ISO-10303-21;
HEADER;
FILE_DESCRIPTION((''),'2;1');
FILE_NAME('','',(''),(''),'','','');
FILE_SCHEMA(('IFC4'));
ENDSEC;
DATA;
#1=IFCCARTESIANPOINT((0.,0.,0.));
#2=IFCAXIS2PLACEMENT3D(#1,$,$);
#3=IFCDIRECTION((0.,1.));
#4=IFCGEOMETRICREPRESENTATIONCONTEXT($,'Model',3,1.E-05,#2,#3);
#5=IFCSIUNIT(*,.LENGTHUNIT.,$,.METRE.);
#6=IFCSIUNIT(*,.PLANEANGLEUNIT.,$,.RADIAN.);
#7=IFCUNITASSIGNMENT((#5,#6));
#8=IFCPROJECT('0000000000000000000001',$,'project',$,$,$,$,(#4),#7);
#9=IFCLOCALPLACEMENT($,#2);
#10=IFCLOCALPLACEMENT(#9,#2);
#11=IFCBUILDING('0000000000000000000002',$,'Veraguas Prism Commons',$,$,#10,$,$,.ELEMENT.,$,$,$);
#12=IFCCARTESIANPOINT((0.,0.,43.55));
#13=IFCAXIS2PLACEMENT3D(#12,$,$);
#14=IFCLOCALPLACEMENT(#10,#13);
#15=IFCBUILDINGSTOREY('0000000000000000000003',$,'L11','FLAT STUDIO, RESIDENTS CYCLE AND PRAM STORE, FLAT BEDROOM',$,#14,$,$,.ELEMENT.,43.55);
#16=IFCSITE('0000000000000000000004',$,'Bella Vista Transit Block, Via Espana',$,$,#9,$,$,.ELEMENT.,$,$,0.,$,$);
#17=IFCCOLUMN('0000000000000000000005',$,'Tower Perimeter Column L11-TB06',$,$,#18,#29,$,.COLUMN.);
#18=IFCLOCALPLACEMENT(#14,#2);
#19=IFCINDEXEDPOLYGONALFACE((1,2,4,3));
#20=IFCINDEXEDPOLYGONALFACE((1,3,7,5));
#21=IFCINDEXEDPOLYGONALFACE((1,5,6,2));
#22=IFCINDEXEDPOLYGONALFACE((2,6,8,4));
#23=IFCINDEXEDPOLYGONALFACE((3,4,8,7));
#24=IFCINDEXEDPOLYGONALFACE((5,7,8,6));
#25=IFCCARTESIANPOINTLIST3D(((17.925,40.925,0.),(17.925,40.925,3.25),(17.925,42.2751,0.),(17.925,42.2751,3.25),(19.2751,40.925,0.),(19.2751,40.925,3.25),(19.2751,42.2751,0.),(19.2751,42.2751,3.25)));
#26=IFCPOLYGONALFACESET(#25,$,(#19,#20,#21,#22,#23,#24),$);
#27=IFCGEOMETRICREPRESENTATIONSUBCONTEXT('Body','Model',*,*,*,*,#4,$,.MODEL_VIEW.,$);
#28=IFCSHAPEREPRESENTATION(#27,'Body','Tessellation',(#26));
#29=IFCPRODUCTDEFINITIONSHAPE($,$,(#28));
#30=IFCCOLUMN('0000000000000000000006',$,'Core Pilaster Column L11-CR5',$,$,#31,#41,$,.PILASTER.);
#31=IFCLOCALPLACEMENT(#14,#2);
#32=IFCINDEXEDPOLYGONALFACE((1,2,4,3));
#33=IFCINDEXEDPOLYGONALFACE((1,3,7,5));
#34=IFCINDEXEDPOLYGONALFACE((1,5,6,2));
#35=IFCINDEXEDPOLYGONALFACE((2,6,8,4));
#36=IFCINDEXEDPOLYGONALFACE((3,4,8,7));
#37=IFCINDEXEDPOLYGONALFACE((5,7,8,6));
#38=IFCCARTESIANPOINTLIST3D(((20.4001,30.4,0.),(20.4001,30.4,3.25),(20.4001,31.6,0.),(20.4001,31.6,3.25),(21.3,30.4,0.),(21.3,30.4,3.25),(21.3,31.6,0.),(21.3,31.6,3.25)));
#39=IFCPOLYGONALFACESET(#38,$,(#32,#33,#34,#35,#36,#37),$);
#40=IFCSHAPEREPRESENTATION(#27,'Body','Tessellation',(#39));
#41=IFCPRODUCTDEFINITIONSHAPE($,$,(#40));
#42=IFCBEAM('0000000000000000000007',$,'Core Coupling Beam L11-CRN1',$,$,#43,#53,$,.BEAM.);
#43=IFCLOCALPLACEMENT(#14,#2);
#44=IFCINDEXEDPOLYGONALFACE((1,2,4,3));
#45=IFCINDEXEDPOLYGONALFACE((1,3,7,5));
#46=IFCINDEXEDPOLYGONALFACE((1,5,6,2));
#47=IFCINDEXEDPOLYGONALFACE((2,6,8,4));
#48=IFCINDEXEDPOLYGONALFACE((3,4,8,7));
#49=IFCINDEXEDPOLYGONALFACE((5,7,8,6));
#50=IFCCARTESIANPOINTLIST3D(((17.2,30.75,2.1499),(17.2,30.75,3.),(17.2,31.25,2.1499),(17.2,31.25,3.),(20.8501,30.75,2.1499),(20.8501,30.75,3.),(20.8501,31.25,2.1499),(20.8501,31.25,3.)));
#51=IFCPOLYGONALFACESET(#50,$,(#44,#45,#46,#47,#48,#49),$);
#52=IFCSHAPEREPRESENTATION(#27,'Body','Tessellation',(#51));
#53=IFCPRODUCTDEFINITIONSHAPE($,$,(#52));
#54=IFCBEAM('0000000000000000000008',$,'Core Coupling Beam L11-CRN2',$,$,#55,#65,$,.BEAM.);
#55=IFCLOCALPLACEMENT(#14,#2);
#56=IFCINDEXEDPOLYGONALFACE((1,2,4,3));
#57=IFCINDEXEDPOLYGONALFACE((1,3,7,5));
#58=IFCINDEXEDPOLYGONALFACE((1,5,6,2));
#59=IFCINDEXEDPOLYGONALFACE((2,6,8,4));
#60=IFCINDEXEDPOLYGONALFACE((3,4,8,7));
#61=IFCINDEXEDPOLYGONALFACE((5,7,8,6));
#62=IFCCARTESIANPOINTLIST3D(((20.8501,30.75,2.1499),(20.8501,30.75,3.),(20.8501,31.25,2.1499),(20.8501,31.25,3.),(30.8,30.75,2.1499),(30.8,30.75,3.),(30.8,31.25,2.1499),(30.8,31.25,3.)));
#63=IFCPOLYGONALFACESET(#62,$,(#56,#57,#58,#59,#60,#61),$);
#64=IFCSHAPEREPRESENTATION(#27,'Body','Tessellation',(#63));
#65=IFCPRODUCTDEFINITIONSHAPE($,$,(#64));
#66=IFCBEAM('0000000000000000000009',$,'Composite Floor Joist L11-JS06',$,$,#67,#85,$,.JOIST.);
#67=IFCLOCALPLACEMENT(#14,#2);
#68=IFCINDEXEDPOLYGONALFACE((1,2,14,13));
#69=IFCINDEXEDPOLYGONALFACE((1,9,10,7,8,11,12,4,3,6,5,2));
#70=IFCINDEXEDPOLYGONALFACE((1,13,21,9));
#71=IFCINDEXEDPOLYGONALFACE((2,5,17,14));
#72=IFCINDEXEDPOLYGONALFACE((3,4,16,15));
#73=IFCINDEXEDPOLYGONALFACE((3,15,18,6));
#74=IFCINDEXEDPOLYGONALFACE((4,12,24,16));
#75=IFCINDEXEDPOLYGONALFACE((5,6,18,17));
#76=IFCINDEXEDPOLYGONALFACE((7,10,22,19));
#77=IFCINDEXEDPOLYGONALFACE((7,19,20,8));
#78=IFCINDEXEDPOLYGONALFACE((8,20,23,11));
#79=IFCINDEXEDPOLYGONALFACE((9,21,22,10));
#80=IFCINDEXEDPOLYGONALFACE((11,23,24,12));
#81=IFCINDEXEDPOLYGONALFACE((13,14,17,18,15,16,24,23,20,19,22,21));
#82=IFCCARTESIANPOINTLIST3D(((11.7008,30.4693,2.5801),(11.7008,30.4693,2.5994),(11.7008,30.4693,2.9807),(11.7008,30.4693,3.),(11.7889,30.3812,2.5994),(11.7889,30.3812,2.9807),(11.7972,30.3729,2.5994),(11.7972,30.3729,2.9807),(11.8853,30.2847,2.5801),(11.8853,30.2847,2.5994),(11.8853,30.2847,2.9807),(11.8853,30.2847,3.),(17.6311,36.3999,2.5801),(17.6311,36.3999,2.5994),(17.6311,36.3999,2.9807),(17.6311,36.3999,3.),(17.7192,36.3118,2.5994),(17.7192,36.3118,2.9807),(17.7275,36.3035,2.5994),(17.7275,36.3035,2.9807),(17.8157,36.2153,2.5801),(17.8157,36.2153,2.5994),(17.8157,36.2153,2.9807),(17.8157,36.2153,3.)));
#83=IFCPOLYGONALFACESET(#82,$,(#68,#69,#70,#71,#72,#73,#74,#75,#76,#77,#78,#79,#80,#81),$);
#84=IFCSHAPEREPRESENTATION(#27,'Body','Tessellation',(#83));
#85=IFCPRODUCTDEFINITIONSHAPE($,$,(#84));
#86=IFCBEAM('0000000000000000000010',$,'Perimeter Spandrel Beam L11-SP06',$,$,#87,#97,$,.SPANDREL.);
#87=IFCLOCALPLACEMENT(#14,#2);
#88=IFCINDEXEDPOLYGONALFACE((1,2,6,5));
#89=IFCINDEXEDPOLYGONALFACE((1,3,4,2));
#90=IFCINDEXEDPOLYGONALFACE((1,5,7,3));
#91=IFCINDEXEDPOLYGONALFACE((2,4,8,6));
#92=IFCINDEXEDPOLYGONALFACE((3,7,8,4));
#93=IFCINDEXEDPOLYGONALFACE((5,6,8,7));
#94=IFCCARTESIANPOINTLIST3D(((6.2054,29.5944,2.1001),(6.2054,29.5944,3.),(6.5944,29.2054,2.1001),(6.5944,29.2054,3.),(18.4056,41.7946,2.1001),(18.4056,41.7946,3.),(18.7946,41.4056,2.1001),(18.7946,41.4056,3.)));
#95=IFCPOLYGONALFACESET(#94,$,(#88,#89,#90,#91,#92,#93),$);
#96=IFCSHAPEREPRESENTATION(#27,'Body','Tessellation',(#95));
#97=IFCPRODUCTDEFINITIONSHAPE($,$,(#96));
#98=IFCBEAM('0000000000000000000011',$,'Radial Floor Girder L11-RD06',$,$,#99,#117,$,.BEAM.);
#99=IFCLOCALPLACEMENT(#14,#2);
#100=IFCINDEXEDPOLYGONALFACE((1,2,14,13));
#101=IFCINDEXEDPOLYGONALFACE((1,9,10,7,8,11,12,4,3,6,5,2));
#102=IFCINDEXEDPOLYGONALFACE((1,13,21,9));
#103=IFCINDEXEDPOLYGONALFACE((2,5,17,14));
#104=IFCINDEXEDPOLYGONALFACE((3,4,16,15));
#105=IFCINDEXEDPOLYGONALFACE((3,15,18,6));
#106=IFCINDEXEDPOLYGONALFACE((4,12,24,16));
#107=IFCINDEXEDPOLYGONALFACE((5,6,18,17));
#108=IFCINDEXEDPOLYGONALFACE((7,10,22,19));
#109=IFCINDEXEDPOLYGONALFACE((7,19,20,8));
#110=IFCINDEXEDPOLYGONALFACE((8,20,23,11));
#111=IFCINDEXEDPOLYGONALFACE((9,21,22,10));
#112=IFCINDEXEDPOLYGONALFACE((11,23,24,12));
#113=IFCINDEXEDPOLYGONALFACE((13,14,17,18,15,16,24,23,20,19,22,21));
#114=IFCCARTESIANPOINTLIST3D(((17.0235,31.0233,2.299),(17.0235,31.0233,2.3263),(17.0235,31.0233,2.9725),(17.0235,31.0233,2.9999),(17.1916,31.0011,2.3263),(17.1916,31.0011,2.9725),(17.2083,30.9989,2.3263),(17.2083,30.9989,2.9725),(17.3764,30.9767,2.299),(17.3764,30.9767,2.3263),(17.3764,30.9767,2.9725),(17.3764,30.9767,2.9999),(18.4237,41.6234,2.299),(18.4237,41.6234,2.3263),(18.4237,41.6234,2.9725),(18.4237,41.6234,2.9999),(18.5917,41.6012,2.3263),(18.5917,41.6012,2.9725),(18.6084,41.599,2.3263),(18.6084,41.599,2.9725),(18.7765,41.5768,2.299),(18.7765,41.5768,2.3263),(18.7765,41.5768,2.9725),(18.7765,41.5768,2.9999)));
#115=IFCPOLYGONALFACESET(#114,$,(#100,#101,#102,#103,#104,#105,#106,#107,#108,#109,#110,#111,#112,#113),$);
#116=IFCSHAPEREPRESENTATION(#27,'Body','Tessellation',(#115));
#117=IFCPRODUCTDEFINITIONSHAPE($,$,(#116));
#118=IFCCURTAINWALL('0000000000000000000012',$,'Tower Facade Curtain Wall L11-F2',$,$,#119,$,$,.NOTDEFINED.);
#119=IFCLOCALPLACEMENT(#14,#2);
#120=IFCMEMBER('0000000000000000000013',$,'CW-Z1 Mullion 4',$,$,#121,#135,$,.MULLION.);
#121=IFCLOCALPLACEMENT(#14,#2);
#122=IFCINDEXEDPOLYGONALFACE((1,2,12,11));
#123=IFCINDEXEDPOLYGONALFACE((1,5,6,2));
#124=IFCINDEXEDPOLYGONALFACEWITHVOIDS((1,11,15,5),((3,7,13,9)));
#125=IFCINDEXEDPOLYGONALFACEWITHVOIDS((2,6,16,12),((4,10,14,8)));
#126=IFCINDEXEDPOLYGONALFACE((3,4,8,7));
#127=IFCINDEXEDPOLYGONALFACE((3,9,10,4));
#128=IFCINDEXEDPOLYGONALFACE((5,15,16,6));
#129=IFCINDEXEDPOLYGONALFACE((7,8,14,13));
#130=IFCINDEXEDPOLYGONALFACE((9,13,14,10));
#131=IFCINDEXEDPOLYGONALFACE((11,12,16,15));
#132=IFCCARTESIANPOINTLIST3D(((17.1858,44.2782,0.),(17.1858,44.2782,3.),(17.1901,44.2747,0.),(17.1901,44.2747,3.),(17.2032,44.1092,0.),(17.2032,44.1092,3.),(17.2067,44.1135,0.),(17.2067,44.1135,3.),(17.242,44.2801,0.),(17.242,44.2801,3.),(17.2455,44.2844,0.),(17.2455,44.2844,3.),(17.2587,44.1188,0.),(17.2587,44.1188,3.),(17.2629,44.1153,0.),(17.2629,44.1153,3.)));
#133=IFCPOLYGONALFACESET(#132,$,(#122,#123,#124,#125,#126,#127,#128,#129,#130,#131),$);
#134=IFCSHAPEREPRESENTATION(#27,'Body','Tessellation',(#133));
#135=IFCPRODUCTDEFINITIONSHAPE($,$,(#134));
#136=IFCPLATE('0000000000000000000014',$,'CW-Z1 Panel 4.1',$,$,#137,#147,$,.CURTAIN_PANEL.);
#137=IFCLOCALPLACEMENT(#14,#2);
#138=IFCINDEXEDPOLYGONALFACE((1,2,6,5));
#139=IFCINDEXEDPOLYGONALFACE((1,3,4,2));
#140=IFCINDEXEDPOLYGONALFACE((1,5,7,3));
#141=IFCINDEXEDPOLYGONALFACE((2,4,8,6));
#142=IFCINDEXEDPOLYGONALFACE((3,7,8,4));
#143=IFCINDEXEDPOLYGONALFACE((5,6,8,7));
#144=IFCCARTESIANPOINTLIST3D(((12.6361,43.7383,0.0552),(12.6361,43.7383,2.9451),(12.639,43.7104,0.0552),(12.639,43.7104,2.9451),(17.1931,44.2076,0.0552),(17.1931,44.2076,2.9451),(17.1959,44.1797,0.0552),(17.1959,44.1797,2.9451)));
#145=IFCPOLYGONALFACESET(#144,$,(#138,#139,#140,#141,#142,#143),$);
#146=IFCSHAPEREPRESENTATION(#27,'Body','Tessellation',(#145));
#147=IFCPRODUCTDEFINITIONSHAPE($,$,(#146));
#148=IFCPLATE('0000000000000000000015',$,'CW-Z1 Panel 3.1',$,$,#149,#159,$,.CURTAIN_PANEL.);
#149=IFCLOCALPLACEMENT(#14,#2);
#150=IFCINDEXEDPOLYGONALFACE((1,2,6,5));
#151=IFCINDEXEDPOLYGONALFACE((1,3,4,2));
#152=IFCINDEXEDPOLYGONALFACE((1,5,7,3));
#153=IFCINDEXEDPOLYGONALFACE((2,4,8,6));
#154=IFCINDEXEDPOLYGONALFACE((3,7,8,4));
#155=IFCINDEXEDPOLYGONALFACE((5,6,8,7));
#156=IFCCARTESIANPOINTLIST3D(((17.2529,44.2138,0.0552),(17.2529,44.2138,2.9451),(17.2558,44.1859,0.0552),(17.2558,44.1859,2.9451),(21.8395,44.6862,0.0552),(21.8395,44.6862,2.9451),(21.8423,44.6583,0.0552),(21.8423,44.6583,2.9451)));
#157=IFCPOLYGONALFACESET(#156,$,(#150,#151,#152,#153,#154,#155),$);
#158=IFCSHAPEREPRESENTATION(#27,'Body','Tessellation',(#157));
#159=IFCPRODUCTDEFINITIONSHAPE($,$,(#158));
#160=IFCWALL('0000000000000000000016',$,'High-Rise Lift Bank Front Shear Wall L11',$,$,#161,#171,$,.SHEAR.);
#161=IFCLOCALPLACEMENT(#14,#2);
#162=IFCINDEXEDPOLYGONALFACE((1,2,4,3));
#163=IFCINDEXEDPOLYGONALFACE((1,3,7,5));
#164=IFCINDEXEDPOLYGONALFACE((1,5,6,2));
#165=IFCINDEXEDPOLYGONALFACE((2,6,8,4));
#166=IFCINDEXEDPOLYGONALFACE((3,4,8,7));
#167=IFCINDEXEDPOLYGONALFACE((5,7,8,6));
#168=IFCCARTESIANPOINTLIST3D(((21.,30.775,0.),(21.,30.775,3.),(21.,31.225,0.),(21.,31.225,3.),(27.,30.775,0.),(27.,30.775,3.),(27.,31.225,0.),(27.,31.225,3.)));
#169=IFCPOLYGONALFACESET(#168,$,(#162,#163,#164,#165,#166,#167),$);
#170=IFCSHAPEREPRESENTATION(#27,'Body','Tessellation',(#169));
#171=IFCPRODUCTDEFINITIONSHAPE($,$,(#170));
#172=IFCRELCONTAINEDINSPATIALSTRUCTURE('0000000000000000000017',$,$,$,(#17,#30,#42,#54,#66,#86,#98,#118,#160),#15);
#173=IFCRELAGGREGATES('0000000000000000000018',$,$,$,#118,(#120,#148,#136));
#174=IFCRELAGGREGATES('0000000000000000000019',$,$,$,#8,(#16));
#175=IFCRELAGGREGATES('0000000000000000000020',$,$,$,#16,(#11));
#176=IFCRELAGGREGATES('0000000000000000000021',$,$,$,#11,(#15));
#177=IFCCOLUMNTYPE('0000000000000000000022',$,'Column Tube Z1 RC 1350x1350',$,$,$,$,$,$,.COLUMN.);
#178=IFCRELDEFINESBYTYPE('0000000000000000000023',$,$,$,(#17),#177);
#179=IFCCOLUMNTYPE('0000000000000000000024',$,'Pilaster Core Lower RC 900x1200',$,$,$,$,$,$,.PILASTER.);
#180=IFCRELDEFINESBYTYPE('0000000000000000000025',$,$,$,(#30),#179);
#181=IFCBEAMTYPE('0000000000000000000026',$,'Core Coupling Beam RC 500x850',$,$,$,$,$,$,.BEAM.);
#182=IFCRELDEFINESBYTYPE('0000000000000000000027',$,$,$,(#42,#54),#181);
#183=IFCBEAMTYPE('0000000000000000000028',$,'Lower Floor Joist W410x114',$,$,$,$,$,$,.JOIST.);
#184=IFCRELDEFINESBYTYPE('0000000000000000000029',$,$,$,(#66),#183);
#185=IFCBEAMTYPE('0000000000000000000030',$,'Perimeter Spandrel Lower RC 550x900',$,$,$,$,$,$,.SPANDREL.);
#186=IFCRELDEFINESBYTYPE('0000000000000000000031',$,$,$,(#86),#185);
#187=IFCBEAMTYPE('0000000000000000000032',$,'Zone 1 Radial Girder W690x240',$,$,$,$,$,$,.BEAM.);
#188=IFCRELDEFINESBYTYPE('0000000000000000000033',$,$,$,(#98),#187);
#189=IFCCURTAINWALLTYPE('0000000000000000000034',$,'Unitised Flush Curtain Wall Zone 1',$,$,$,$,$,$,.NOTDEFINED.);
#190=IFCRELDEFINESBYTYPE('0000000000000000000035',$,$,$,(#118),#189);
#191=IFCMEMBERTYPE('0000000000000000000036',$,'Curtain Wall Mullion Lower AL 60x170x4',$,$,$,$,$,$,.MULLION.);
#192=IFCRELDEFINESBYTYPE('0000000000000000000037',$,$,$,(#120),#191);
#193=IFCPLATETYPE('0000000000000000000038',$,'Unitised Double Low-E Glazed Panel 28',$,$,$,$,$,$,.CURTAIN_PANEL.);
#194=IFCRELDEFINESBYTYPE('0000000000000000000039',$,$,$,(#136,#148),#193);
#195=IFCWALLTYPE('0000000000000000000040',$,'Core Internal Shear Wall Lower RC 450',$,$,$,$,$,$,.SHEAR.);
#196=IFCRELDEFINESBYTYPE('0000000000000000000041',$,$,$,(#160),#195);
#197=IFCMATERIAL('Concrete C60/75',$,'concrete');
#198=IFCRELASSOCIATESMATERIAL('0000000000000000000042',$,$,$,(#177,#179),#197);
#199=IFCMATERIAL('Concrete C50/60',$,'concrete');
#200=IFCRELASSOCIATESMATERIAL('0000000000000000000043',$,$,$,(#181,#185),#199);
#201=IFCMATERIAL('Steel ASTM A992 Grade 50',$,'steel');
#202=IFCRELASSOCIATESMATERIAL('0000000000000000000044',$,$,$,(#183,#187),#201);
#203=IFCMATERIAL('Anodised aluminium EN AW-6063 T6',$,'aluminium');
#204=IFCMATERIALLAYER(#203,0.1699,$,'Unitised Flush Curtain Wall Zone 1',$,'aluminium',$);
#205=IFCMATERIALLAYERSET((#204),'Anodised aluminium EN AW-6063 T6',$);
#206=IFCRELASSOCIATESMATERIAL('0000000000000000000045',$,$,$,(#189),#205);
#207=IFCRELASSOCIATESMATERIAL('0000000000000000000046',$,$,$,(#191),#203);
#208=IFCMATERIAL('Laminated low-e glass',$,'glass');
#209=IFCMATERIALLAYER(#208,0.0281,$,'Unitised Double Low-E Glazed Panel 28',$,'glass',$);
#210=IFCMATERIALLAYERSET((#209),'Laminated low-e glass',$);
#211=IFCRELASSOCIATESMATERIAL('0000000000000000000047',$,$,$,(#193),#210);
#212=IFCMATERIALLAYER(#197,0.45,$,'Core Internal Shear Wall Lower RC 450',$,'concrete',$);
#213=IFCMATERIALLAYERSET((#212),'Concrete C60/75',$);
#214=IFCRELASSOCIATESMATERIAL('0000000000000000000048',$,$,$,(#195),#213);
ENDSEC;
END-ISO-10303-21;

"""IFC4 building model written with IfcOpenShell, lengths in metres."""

from ifc_helpers import new_model, si_unit, direction, frame, frame_2d, origin, origin_2d, place, context, subcontext, project, spatial, rectangle, hollow_rectangle, i_section, extrude, source, transform, mapped, material, layer, layer_set, material_profile, profile_set, type_object, element, aggregate, save


model = new_model("IFC4")

# Units and contexts
model_context = context("Model", 3, precision=1e-05, world=origin(), true_north=direction((0.0, 1.0)))
body_context = subcontext(model_context, "Body", "Model", "MODEL_VIEW")
ifc_project = project(units=[si_unit("LENGTHUNIT", "METRE"), si_unit("PLANEANGLEUNIT", "RADIAN")], contexts=[model_context])

# Site, building, storey
site_placement = place(None, origin())
site = spatial("IfcSite", under=ifc_project, at=site_placement, Name="Bella Vista Transit Block, Via Espana", CompositionType="ELEMENT", RefElevation=0.0)
building_placement = place(site_placement, origin())
building = spatial("IfcBuilding", under=site, at=building_placement, Name="Veraguas Prism Commons", CompositionType="ELEMENT")
storey_placement = place(building_placement, frame((0.0, 0.0, 43.55)))
storey = spatial("IfcBuildingStorey", under=building, at=storey_placement, Name="L11", Description="FLAT STUDIO, RESIDENTS CYCLE AND PRAM STORE, FLAT BEDROOM", CompositionType="ELEMENT", Elevation=43.55)

# Columns
ifc_material_1 = material(Name="Concrete C60/75", Category="concrete")
ifc_material_profile_1 = material_profile(ifc_material_1, rectangle(XDim=1.3501, YDim=1.3501, at=origin_2d()), Name="RC1350X1350")
ifc_profile_set_1 = profile_set([ifc_material_profile_1], Name="Concrete C60/75")
column_type_1 = type_object("IfcColumnType", Name="Column Tube Z1 RC 1350x1350", PredefinedType="COLUMN", material=ifc_profile_set_1)
column_1_placement = place(storey_placement, frame((18.6001, 41.6001, 0.0), z_axis=(0.0, 0.0, 1.0), x_axis=(1.0, 0.0, 0.0)))
element("IfcColumn", 1, at=column_1_placement, inside=storey, type_object=column_type_1, Name="Tower Perimeter Column L11-TB06", PredefinedType="COLUMN", context=body_context, shape_type="SweptSolid", body=[
    extrude(rectangle(XDim=1.3501, YDim=1.3501, at=origin_2d()), origin(), (0.0, 0.0, 1.0), 3.25),
])
ifc_material_profile_2 = material_profile(ifc_material_1, rectangle(XDim=0.8999, YDim=1.2, at=origin_2d()), Name="RC900X1200")
ifc_profile_set_2 = profile_set([ifc_material_profile_2], Name="Concrete C60/75")
column_type_2 = type_object("IfcColumnType", Name="Pilaster Core Lower RC 900x1200", PredefinedType="PILASTER", material=ifc_profile_set_2)
column_2_placement = place(storey_placement, frame((20.8501, 31.0, 0.0), z_axis=(0.0, 0.0, 1.0), x_axis=(1.0, 0.0, 0.0)))
element("IfcColumn", 2, at=column_2_placement, inside=storey, type_object=column_type_2, Name="Core Pilaster Column L11-CR5", PredefinedType="PILASTER", context=body_context, shape_type="SweptSolid", body=[
    extrude(rectangle(XDim=0.8999, YDim=1.2, at=origin_2d()), origin(), (0.0, 0.0, 1.0), 3.25),
])

# Beams
ifc_material_2 = material(Name="Concrete C50/60", Category="concrete")
ifc_material_profile_3 = material_profile(ifc_material_2, rectangle(XDim=0.5, YDim=0.8501, at=origin_2d()), Name="RC500X850")
ifc_profile_set_3 = profile_set([ifc_material_profile_3], Name="Concrete C50/60")
beam_type_1 = type_object("IfcBeamType", Name="Core Coupling Beam RC 500x850", PredefinedType="BEAM", material=ifc_profile_set_3)
beam_1_placement = place(storey_placement, frame((17.2, 31.0, 2.575), z_axis=(1.0, 0.0, 0.0), x_axis=(0.0, 1.0, 0.0)))
element("IfcBeam", 3, at=beam_1_placement, inside=storey, type_object=beam_type_1, Name="Core Coupling Beam L11-CRN1", PredefinedType="BEAM", context=body_context, shape_type="SweptSolid", body=[
    extrude(rectangle(XDim=0.5, YDim=0.8501, at=origin_2d()), origin(), (0.0, 0.0, 1.0), 3.6501),
])
beam_2_placement = place(storey_placement, frame((20.8501, 31.0, 2.575), z_axis=(1.0, 0.0, 0.0), x_axis=(0.0, 1.0, 0.0)))
element("IfcBeam", 4, at=beam_2_placement, inside=storey, type_object=beam_type_1, Name="Core Coupling Beam L11-CRN2", PredefinedType="BEAM", context=body_context, shape_type="SweptSolid", body=[
    extrude(rectangle(XDim=0.5, YDim=0.8501, at=origin_2d()), origin(), (0.0, 0.0, 1.0), 9.95),
])
ifc_material_3 = material(Name="Steel ASTM A992 Grade 50", Category="steel")
ifc_material_profile_4 = material_profile(ifc_material_3, i_section(OverallWidth=0.261, OverallDepth=0.4199, WebThickness=0.0117, FlangeThickness=0.0193, at=origin_2d()), Name="W410X114")
ifc_profile_set_4 = profile_set([ifc_material_profile_4], Name="Steel ASTM A992 Grade 50")
beam_type_2 = type_object("IfcBeamType", Name="Lower Floor Joist W410x114", PredefinedType="JOIST", material=ifc_profile_set_4)
beam_3_placement = place(storey_placement, frame((17.7234, 36.3076, 2.79), z_axis=(-0.707092, -0.707121, 0.0), x_axis=(0.707121, -0.707092, 0.0)))
element("IfcBeam", 5, at=beam_3_placement, inside=storey, type_object=beam_type_2, Name="Composite Floor Joist L11-JS06", PredefinedType="JOIST", context=body_context, shape_type="SweptSolid", body=[
    extrude(i_section(OverallWidth=0.261, OverallDepth=0.4199, WebThickness=0.0117, FlangeThickness=0.0193, at=origin_2d()), origin(), (0.0, 0.0, 1.0), 8.387),
])
ifc_material_profile_5 = material_profile(ifc_material_2, rectangle(XDim=0.55, YDim=0.8999, at=origin_2d()), Name="RC550X900")
ifc_profile_set_5 = profile_set([ifc_material_profile_5], Name="Concrete C50/60")
beam_type_3 = type_object("IfcBeamType", Name="Perimeter Spandrel Lower RC 550x900", PredefinedType="SPANDREL", material=ifc_profile_set_5)
beam_4_placement = place(storey_placement, frame((18.6001, 41.6001, 2.55), z_axis=(-0.707107, -0.707107, 0.0), x_axis=(0.707107, -0.707107, 0.0)))
element("IfcBeam", 6, at=beam_4_placement, inside=storey, type_object=beam_type_3, Name="Perimeter Spandrel Beam L11-SP06", PredefinedType="SPANDREL", context=body_context, shape_type="SweptSolid", body=[
    extrude(rectangle(XDim=0.55, YDim=0.8999, at=origin_2d()), origin(), (0.0, 0.0, 1.0), 17.2537),
])
ifc_material_profile_6 = material_profile(ifc_material_3, i_section(OverallWidth=0.356, OverallDepth=0.7009, WebThickness=0.0168, FlangeThickness=0.0273, at=origin_2d()), Name="W690X240")
ifc_profile_set_6 = profile_set([ifc_material_profile_6], Name="Steel ASTM A992 Grade 50")
beam_type_4 = type_object("IfcBeamType", Name="Zone 1 Radial Girder W690x240", PredefinedType="BEAM", material=ifc_profile_set_6)
beam_5_placement = place(storey_placement, frame((18.6001, 41.6001, 2.6494), z_axis=(-0.130951, -0.991389, 0.0), x_axis=(0.991389, -0.130951, 0.0)))
element("IfcBeam", 7, at=beam_5_placement, inside=storey, type_object=beam_type_4, Name="Radial Floor Girder L11-RD06", PredefinedType="BEAM", context=body_context, shape_type="SweptSolid", body=[
    extrude(i_section(OverallWidth=0.356, OverallDepth=0.7009, WebThickness=0.0168, FlangeThickness=0.0273, at=origin_2d()), origin(), (0.0, 0.0, 1.0), 10.6921),
])

# Curtain wall, member, plates
ifc_material_4 = material(Name="Anodised aluminium EN AW-6063 T6", Category="aluminium")
ifc_layer_1 = layer(ifc_material_4, 0.1699, Name="Unitised Flush Curtain Wall Zone 1", Category="aluminium")
ifc_layer_set_1 = layer_set([ifc_layer_1], Name="Anodised aluminium EN AW-6063 T6")
curtain_wall_type = type_object("IfcCurtainWallType", Name="Unitised Flush Curtain Wall Zone 1", PredefinedType="NOTDEFINED", material=ifc_layer_set_1)
curtain_wall_placement = place(storey_placement, origin())
curtain_wall = element("IfcCurtainWall", 8, at=curtain_wall_placement, inside=storey, type_object=curtain_wall_type, Name="Tower Facade Curtain Wall L11-F2", PredefinedType="NOTDEFINED")
ifc_material_profile_7 = material_profile(ifc_material_4, hollow_rectangle(XDim=0.0601, YDim=0.1699, WallThickness=0.0039, at=origin_2d()), Name="AL60X170X4")
ifc_profile_set_7 = profile_set([ifc_material_profile_7], Name="Anodised aluminium EN AW-6063 T6")
member_type = type_object("IfcMemberType", Name="Curtain Wall Mullion Lower AL 60x170x4", PredefinedType="MULLION", material=ifc_profile_set_7)
shared_shape_1 = source(origin(), body_context, "Body", "SweptSolid", [
    extrude(hollow_rectangle(XDim=0.0601, YDim=0.1699, WallThickness=0.0039, at=origin_2d()), origin(), (0.0, 0.0, 1.0), 3.0),
])
member_placement = place(storey_placement, frame((17.2244, 44.1968, 0.0), z_axis=(0.0, 0.0, 1.0), x_axis=(-0.994738, -0.102447, 0.0)))
member = element("IfcMember", 9, at=member_placement, type_object=member_type, Name="CW-Z1 Mullion 4", PredefinedType="MULLION", context=body_context, shape_type="MappedRepresentation", body=[
    mapped(shared_shape_1, transform((0.0, 0.0, 0.0), scale=1.0)),
])
ifc_material_5 = material(Name="Laminated low-e glass", Category="glass")
ifc_layer_2 = layer(ifc_material_5, 0.0281, Name="Unitised Double Low-E Glazed Panel 28", Category="glass")
ifc_layer_set_2 = layer_set([ifc_layer_2], Name="Laminated low-e glass")
plate_type = type_object("IfcPlateType", Name="Unitised Double Low-E Glazed Panel 28", PredefinedType="CURTAIN_PANEL", material=ifc_layer_set_2)
shared_shape_2 = source(origin(), body_context, "Body", "SweptSolid", [
    extrude(rectangle(XDim=4.5811, YDim=0.0281, at=origin_2d()), origin(), (0.0, 0.0, 1.0), 2.8899),
])
plate_1_placement = place(storey_placement, frame((14.916, 43.959, 0.0552), z_axis=(0.0, 0.0, 1.0), x_axis=(-0.994738, -0.102447, 0.0)))
plate_1 = element("IfcPlate", 10, at=plate_1_placement, type_object=plate_type, Name="CW-Z1 Panel 4.1", PredefinedType="CURTAIN_PANEL", context=body_context, shape_type="MappedRepresentation", body=[
    mapped(shared_shape_2, transform((0.0, 0.0, 0.0), scale=1.0)),
])
shared_shape_3 = source(origin(), body_context, "Body", "SweptSolid", [
    extrude(rectangle(XDim=4.6108, YDim=0.0281, at=origin_2d()), origin(), (0.0, 0.0, 1.0), 2.8899),
])
plate_2_placement = place(storey_placement, frame((19.5476, 44.436, 0.0552), z_axis=(0.0, 0.0, 1.0), x_axis=(-0.994738, -0.102447, 0.0)))
plate_2 = element("IfcPlate", 11, at=plate_2_placement, type_object=plate_type, Name="CW-Z1 Panel 3.1", PredefinedType="CURTAIN_PANEL", context=body_context, shape_type="MappedRepresentation", body=[
    mapped(shared_shape_3, transform((0.0, 0.0, 0.0), scale=1.0)),
])
aggregate(curtain_wall, [member, plate_2, plate_1])

# Wall
ifc_layer_3 = layer(ifc_material_1, 0.45, Name="Core Internal Shear Wall Lower RC 450", Category="concrete")
ifc_layer_set_3 = layer_set([ifc_layer_3], Name="Concrete C60/75")
wall_type_1 = type_object("IfcWallType", Name="Core Internal Shear Wall Lower RC 450", PredefinedType="SHEAR", material=ifc_layer_set_3)
wall_1_placement = place(storey_placement, frame((21.0, 31.0, 0.0), z_axis=(0.0, 0.0, 1.0), x_axis=(1.0, 0.0, 0.0)))
element("IfcWall", 12, at=wall_1_placement, inside=storey, type_object=wall_type_1, Name="High-Rise Lift Bank Front Shear Wall L11", PredefinedType="SHEAR", context=body_context, shape_type="SweptSolid", body=[
    extrude(rectangle(XDim=6.0, YDim=0.45, at=frame_2d((3.0, 0.0))), origin(), (0.0, 0.0, 1.0), 3.0),
])

save(model, "model.ifc")
